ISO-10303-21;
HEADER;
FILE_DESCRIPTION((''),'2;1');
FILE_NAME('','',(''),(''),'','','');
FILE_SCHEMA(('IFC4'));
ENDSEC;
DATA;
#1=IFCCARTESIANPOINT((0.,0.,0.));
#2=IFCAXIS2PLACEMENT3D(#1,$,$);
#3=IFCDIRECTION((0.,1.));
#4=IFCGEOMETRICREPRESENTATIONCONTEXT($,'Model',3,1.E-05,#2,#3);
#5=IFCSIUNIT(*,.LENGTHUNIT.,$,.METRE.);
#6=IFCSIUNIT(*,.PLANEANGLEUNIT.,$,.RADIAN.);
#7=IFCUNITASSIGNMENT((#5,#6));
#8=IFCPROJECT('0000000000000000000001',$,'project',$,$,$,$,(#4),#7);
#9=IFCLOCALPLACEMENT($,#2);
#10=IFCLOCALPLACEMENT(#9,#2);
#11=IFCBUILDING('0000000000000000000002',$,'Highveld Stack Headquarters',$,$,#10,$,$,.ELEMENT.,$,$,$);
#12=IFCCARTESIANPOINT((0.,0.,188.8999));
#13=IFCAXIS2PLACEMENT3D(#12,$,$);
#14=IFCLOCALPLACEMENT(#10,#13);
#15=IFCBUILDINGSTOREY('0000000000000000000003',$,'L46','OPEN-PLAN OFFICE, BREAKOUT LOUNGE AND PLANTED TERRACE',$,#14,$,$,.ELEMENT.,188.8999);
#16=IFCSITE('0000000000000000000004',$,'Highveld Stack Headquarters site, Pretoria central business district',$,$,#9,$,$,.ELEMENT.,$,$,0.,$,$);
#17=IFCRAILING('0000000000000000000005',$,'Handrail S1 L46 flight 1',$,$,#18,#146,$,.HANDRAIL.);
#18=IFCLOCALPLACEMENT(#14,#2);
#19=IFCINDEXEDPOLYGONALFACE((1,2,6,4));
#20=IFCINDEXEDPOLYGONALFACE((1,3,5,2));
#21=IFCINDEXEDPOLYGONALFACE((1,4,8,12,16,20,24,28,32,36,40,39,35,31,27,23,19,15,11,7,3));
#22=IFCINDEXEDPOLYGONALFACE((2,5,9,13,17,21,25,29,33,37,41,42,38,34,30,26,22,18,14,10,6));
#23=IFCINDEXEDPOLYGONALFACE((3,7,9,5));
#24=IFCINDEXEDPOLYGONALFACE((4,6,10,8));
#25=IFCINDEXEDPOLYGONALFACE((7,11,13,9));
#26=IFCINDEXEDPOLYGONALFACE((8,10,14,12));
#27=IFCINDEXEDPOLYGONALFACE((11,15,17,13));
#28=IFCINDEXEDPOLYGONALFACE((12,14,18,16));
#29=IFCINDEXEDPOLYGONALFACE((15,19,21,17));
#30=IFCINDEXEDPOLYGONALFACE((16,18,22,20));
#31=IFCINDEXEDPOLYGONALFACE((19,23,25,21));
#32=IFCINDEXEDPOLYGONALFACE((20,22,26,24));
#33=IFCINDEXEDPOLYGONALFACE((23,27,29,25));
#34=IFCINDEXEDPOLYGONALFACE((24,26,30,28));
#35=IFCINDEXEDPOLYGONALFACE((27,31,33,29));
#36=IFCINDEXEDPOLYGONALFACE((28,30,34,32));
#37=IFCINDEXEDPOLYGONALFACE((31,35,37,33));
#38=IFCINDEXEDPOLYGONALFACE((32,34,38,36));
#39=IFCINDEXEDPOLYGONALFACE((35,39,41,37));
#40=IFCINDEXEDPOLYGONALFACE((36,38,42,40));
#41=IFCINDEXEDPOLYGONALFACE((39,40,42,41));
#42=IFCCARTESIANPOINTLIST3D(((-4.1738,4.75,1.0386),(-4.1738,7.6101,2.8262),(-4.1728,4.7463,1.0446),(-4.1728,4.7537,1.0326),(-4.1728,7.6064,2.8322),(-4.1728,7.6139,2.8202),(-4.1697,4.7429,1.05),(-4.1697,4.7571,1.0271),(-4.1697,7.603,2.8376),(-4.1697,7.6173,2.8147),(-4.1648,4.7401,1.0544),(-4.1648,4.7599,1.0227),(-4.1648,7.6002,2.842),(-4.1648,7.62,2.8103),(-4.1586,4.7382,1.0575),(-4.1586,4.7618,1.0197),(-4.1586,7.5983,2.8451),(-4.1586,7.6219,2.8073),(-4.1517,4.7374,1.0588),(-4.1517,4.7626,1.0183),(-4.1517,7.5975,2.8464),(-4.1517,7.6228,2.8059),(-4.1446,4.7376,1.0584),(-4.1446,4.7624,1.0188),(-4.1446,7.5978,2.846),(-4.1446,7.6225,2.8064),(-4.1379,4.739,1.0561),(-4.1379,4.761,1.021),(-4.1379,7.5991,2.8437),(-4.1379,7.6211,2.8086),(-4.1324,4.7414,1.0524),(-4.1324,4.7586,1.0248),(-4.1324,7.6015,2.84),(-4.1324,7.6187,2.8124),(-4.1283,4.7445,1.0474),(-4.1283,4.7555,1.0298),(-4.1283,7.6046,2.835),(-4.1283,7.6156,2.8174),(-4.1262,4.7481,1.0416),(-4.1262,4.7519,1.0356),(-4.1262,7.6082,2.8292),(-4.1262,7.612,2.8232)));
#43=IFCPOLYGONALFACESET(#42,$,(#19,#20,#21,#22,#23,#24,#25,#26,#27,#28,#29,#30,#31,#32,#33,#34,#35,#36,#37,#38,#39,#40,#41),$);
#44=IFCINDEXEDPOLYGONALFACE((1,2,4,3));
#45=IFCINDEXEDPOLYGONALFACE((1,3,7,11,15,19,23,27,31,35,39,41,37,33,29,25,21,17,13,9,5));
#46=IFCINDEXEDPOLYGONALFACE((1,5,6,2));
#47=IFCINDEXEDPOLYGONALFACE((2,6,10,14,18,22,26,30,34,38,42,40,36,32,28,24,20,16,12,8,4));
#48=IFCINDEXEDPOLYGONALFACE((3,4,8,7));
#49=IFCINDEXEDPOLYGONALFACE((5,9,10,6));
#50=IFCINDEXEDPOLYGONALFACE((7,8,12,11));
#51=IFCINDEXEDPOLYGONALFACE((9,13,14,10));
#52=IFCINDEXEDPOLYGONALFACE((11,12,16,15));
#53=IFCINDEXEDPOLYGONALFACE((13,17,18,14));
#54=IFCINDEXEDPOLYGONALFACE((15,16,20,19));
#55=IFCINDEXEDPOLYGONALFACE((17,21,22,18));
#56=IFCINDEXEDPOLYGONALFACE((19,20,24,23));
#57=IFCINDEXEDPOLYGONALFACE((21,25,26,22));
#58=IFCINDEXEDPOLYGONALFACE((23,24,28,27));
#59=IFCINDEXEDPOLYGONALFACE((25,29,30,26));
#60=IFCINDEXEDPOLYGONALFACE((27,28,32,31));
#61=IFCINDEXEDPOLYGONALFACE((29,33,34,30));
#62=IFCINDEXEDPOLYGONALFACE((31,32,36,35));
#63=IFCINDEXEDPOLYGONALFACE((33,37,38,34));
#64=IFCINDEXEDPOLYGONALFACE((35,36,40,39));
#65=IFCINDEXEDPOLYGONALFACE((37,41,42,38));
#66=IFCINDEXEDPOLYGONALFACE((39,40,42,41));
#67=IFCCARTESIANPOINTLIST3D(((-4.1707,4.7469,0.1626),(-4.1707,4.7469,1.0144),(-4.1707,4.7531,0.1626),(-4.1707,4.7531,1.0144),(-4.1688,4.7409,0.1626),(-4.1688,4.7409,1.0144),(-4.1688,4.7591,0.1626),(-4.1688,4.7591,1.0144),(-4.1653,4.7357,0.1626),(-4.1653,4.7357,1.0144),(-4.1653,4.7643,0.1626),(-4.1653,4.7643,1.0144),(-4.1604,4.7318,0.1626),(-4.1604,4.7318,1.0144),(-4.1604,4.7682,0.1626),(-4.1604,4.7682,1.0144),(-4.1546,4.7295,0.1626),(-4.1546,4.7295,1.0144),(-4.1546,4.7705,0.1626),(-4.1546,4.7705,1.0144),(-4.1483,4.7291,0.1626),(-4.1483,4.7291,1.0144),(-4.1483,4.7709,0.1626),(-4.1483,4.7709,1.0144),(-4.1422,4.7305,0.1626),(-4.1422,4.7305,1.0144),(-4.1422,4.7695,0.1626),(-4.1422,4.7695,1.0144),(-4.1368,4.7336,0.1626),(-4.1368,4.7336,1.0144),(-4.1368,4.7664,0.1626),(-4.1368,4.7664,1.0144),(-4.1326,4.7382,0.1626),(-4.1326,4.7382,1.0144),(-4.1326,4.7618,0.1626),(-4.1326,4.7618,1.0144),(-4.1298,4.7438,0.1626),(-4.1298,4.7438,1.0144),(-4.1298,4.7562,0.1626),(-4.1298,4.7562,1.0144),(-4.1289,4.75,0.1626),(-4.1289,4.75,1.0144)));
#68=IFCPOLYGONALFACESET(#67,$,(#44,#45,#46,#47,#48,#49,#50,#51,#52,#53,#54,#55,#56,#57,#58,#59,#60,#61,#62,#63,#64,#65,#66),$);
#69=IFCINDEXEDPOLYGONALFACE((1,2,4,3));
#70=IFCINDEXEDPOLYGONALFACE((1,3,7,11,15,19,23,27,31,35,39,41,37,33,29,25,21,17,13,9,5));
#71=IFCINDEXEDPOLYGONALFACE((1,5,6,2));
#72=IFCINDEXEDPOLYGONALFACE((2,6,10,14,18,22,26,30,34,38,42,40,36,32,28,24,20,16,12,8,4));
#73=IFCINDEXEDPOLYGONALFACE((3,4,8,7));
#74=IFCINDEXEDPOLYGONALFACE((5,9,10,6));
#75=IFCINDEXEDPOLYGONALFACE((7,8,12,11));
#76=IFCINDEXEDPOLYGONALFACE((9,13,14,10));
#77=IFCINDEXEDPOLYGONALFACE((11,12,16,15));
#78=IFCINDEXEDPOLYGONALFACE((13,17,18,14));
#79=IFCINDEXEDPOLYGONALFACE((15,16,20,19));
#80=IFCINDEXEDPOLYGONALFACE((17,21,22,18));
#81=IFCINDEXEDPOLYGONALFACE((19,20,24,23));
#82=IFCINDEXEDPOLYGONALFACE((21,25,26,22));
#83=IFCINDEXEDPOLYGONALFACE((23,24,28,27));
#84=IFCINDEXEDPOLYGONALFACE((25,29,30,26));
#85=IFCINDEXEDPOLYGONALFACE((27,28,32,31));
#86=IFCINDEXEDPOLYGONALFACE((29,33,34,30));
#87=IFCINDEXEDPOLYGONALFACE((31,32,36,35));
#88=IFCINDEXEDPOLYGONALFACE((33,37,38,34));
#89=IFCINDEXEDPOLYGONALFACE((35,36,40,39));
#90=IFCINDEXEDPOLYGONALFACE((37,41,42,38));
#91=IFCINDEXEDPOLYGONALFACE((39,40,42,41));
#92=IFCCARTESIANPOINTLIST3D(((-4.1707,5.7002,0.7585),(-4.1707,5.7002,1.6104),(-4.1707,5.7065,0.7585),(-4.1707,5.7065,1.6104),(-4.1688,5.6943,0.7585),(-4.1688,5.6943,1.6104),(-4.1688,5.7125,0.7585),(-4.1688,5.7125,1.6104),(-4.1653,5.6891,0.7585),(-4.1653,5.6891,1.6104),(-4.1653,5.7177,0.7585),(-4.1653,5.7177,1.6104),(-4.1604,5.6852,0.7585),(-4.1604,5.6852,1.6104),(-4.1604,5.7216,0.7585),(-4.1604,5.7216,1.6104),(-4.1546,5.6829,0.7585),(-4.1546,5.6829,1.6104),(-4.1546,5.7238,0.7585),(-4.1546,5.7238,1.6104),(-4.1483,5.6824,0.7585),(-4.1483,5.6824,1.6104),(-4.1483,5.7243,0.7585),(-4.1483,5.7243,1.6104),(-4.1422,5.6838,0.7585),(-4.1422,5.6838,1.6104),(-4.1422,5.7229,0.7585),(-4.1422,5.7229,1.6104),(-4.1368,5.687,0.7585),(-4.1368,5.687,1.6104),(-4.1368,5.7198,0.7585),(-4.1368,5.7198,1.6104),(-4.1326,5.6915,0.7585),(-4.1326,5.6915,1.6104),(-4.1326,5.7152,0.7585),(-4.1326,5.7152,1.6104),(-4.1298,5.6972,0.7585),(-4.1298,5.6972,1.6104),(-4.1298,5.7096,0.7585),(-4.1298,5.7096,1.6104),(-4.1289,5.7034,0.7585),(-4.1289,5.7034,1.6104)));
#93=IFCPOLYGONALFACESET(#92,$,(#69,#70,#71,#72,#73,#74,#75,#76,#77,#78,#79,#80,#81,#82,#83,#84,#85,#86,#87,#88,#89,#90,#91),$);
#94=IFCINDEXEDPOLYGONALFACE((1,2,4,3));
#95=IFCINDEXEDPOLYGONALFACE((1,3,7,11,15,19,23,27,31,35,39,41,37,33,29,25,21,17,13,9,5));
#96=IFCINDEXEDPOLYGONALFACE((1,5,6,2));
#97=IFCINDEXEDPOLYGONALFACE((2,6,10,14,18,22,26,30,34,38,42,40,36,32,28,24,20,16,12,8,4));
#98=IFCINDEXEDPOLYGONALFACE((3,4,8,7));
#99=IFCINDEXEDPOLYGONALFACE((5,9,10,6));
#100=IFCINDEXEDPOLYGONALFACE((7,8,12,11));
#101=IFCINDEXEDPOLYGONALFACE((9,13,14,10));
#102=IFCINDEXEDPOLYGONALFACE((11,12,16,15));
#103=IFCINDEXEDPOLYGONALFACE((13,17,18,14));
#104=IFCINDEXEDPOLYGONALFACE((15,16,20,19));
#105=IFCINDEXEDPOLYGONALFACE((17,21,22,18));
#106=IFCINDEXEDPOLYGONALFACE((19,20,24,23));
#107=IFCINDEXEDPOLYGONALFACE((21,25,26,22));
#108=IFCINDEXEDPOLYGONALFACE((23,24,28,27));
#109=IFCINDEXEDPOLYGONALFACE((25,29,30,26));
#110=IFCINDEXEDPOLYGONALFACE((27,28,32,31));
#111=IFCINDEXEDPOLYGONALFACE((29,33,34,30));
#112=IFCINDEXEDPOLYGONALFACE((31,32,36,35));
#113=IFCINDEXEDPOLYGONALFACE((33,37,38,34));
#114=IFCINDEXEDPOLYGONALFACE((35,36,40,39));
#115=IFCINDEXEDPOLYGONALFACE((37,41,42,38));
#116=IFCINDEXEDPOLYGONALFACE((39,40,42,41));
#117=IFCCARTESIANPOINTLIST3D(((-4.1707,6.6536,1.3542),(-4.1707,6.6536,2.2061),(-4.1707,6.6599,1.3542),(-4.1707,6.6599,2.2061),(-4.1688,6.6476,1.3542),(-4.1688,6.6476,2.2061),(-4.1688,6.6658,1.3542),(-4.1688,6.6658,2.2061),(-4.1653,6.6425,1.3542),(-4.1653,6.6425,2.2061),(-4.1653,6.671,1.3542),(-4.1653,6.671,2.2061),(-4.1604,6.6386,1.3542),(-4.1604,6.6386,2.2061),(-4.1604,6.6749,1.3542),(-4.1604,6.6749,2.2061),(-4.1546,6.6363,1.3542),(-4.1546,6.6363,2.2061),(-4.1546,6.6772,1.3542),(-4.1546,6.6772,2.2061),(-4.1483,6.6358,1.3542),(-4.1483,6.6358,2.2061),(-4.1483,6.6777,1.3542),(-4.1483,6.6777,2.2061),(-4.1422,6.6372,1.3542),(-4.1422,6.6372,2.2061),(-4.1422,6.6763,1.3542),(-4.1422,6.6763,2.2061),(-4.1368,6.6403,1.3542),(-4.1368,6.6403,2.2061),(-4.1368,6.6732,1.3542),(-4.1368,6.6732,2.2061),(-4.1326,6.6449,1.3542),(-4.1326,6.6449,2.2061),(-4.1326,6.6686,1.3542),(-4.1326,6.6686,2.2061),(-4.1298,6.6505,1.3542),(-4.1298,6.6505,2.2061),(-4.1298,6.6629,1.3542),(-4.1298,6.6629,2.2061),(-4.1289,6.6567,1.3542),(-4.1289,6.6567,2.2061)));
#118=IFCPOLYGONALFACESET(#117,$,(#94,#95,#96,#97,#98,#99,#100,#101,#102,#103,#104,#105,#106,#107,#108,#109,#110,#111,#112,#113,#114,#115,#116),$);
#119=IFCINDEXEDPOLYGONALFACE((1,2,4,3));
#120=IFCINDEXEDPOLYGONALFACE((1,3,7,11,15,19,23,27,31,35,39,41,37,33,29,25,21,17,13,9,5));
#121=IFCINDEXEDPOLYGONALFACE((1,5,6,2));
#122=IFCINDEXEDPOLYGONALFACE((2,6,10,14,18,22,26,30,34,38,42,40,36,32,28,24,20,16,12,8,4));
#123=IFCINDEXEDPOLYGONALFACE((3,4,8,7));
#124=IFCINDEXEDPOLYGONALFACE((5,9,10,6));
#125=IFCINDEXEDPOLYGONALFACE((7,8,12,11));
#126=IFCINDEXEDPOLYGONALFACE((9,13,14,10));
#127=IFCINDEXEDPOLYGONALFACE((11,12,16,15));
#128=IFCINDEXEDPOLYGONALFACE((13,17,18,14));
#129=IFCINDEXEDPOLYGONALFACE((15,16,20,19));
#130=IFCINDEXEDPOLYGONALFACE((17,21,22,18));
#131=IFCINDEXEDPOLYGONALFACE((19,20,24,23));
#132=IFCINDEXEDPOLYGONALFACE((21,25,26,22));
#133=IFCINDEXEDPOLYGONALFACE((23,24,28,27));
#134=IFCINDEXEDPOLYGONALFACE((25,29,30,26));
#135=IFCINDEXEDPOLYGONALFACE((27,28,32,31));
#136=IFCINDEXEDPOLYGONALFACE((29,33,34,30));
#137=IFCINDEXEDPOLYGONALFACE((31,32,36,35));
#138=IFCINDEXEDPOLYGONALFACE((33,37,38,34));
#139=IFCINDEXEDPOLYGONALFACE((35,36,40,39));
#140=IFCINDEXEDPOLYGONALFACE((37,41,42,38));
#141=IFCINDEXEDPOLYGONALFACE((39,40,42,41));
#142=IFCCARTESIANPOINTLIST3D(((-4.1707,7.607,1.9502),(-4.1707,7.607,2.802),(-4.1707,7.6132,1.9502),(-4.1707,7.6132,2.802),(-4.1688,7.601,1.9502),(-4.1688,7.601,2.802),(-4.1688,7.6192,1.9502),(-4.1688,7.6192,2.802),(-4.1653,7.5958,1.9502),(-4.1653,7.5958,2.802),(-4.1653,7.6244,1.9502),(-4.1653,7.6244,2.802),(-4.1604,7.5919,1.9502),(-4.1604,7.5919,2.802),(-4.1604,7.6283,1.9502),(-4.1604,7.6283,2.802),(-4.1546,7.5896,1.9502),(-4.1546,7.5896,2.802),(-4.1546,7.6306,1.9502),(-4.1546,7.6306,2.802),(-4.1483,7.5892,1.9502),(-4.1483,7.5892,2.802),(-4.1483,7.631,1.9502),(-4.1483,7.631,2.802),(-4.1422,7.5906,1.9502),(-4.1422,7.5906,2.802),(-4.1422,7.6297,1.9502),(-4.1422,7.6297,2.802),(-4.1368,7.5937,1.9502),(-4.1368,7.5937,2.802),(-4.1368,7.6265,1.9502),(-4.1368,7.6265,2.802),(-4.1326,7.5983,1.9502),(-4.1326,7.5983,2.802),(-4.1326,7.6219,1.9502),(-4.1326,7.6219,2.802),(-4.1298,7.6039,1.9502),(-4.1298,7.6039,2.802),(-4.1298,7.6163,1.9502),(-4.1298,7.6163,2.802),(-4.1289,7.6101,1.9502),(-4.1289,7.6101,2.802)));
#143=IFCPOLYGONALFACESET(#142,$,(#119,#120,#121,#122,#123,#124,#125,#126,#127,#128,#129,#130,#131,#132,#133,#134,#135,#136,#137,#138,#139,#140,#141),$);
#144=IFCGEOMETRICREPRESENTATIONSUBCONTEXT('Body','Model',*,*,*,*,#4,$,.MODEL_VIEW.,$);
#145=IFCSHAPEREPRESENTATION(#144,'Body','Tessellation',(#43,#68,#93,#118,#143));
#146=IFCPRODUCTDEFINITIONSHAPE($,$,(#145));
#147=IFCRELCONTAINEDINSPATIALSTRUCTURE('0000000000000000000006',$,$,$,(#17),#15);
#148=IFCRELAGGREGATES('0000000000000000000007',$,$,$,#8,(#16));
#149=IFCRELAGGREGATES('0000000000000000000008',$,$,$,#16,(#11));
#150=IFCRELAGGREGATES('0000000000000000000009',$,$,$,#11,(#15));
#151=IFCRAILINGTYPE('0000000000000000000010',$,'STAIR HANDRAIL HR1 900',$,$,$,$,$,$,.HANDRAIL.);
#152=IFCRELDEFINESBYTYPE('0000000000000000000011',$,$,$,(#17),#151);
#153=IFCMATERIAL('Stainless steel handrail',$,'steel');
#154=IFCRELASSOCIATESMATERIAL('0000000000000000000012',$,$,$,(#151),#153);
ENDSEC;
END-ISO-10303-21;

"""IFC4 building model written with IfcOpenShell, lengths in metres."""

from ifc_helpers import new_model, si_unit, direction, frame, origin, origin_2d, place, context, subcontext, project, spatial, circle, extrude, material, type_object, element, save


model = new_model("IFC4")

# Units and contexts
model_context = context("Model", 3, precision=1e-05, world=origin(), true_north=direction((0.0, 1.0)))
body_context = subcontext(model_context, "Body", "Model", "MODEL_VIEW")
ifc_project = project(units=[si_unit("LENGTHUNIT", "METRE"), si_unit("PLANEANGLEUNIT", "RADIAN")], contexts=[model_context])

# Site, building, storey
site_placement = place(None, origin())
site = spatial("IfcSite", under=ifc_project, at=site_placement, Name="Highveld Stack Headquarters site, Pretoria central business district", CompositionType="ELEMENT", RefElevation=0.0)
building_placement = place(site_placement, origin())
building = spatial("IfcBuilding", under=site, at=building_placement, Name="Highveld Stack Headquarters", CompositionType="ELEMENT")
storey_placement = place(building_placement, frame((0.0, 0.0, 188.8999)))
storey = spatial("IfcBuildingStorey", under=building, at=storey_placement, Name="L46", Description="OPEN-PLAN OFFICE, BREAKOUT LOUNGE AND PLANTED TERRACE", CompositionType="ELEMENT", Elevation=188.8999)

# Railing
ifc_material_1 = material(Name="Stainless steel handrail", Category="steel")
railing_type = type_object("IfcRailingType", Name="STAIR HANDRAIL HR1 900", PredefinedType="HANDRAIL", material=ifc_material_1)
for number, where, name in (
    (1, (-4.1499, 4.75, 0.1626), "Handrail S1 L46 flight 1"),
):
    element("IfcRailing", number, at=place(storey_placement, frame(where)), inside=storey, type_object=railing_type, Name=name, PredefinedType="HANDRAIL", context=body_context, shape_type="SweptSolid", body=[
        extrude(circle(Radius=0.0239, at=origin_2d()), frame((0.0, 0.0, 0.876), z_axis=(0.0, 0.847994, 0.530005), x_axis=(-1.0, 0.0, 0.0)), (0.0, 0.0, 1.0), 3.3728),
        extrude(circle(Radius=0.021, at=origin_2d()), origin(), (0.0, 0.0, 1.0), 0.8518),
        extrude(circle(Radius=0.021, at=origin_2d()), frame((0.0, 0.9534, 0.5959)), (0.0, 0.0, 1.0), 0.8518),
        extrude(circle(Radius=0.021, at=origin_2d()), frame((0.0, 1.9067, 1.1917)), (0.0, 0.0, 1.0), 0.8518),
        extrude(circle(Radius=0.021, at=origin_2d()), frame((0.0, 2.8601, 1.7876)), (0.0, 0.0, 1.0), 0.8518),
    ])

save(model, "model.ifc")
